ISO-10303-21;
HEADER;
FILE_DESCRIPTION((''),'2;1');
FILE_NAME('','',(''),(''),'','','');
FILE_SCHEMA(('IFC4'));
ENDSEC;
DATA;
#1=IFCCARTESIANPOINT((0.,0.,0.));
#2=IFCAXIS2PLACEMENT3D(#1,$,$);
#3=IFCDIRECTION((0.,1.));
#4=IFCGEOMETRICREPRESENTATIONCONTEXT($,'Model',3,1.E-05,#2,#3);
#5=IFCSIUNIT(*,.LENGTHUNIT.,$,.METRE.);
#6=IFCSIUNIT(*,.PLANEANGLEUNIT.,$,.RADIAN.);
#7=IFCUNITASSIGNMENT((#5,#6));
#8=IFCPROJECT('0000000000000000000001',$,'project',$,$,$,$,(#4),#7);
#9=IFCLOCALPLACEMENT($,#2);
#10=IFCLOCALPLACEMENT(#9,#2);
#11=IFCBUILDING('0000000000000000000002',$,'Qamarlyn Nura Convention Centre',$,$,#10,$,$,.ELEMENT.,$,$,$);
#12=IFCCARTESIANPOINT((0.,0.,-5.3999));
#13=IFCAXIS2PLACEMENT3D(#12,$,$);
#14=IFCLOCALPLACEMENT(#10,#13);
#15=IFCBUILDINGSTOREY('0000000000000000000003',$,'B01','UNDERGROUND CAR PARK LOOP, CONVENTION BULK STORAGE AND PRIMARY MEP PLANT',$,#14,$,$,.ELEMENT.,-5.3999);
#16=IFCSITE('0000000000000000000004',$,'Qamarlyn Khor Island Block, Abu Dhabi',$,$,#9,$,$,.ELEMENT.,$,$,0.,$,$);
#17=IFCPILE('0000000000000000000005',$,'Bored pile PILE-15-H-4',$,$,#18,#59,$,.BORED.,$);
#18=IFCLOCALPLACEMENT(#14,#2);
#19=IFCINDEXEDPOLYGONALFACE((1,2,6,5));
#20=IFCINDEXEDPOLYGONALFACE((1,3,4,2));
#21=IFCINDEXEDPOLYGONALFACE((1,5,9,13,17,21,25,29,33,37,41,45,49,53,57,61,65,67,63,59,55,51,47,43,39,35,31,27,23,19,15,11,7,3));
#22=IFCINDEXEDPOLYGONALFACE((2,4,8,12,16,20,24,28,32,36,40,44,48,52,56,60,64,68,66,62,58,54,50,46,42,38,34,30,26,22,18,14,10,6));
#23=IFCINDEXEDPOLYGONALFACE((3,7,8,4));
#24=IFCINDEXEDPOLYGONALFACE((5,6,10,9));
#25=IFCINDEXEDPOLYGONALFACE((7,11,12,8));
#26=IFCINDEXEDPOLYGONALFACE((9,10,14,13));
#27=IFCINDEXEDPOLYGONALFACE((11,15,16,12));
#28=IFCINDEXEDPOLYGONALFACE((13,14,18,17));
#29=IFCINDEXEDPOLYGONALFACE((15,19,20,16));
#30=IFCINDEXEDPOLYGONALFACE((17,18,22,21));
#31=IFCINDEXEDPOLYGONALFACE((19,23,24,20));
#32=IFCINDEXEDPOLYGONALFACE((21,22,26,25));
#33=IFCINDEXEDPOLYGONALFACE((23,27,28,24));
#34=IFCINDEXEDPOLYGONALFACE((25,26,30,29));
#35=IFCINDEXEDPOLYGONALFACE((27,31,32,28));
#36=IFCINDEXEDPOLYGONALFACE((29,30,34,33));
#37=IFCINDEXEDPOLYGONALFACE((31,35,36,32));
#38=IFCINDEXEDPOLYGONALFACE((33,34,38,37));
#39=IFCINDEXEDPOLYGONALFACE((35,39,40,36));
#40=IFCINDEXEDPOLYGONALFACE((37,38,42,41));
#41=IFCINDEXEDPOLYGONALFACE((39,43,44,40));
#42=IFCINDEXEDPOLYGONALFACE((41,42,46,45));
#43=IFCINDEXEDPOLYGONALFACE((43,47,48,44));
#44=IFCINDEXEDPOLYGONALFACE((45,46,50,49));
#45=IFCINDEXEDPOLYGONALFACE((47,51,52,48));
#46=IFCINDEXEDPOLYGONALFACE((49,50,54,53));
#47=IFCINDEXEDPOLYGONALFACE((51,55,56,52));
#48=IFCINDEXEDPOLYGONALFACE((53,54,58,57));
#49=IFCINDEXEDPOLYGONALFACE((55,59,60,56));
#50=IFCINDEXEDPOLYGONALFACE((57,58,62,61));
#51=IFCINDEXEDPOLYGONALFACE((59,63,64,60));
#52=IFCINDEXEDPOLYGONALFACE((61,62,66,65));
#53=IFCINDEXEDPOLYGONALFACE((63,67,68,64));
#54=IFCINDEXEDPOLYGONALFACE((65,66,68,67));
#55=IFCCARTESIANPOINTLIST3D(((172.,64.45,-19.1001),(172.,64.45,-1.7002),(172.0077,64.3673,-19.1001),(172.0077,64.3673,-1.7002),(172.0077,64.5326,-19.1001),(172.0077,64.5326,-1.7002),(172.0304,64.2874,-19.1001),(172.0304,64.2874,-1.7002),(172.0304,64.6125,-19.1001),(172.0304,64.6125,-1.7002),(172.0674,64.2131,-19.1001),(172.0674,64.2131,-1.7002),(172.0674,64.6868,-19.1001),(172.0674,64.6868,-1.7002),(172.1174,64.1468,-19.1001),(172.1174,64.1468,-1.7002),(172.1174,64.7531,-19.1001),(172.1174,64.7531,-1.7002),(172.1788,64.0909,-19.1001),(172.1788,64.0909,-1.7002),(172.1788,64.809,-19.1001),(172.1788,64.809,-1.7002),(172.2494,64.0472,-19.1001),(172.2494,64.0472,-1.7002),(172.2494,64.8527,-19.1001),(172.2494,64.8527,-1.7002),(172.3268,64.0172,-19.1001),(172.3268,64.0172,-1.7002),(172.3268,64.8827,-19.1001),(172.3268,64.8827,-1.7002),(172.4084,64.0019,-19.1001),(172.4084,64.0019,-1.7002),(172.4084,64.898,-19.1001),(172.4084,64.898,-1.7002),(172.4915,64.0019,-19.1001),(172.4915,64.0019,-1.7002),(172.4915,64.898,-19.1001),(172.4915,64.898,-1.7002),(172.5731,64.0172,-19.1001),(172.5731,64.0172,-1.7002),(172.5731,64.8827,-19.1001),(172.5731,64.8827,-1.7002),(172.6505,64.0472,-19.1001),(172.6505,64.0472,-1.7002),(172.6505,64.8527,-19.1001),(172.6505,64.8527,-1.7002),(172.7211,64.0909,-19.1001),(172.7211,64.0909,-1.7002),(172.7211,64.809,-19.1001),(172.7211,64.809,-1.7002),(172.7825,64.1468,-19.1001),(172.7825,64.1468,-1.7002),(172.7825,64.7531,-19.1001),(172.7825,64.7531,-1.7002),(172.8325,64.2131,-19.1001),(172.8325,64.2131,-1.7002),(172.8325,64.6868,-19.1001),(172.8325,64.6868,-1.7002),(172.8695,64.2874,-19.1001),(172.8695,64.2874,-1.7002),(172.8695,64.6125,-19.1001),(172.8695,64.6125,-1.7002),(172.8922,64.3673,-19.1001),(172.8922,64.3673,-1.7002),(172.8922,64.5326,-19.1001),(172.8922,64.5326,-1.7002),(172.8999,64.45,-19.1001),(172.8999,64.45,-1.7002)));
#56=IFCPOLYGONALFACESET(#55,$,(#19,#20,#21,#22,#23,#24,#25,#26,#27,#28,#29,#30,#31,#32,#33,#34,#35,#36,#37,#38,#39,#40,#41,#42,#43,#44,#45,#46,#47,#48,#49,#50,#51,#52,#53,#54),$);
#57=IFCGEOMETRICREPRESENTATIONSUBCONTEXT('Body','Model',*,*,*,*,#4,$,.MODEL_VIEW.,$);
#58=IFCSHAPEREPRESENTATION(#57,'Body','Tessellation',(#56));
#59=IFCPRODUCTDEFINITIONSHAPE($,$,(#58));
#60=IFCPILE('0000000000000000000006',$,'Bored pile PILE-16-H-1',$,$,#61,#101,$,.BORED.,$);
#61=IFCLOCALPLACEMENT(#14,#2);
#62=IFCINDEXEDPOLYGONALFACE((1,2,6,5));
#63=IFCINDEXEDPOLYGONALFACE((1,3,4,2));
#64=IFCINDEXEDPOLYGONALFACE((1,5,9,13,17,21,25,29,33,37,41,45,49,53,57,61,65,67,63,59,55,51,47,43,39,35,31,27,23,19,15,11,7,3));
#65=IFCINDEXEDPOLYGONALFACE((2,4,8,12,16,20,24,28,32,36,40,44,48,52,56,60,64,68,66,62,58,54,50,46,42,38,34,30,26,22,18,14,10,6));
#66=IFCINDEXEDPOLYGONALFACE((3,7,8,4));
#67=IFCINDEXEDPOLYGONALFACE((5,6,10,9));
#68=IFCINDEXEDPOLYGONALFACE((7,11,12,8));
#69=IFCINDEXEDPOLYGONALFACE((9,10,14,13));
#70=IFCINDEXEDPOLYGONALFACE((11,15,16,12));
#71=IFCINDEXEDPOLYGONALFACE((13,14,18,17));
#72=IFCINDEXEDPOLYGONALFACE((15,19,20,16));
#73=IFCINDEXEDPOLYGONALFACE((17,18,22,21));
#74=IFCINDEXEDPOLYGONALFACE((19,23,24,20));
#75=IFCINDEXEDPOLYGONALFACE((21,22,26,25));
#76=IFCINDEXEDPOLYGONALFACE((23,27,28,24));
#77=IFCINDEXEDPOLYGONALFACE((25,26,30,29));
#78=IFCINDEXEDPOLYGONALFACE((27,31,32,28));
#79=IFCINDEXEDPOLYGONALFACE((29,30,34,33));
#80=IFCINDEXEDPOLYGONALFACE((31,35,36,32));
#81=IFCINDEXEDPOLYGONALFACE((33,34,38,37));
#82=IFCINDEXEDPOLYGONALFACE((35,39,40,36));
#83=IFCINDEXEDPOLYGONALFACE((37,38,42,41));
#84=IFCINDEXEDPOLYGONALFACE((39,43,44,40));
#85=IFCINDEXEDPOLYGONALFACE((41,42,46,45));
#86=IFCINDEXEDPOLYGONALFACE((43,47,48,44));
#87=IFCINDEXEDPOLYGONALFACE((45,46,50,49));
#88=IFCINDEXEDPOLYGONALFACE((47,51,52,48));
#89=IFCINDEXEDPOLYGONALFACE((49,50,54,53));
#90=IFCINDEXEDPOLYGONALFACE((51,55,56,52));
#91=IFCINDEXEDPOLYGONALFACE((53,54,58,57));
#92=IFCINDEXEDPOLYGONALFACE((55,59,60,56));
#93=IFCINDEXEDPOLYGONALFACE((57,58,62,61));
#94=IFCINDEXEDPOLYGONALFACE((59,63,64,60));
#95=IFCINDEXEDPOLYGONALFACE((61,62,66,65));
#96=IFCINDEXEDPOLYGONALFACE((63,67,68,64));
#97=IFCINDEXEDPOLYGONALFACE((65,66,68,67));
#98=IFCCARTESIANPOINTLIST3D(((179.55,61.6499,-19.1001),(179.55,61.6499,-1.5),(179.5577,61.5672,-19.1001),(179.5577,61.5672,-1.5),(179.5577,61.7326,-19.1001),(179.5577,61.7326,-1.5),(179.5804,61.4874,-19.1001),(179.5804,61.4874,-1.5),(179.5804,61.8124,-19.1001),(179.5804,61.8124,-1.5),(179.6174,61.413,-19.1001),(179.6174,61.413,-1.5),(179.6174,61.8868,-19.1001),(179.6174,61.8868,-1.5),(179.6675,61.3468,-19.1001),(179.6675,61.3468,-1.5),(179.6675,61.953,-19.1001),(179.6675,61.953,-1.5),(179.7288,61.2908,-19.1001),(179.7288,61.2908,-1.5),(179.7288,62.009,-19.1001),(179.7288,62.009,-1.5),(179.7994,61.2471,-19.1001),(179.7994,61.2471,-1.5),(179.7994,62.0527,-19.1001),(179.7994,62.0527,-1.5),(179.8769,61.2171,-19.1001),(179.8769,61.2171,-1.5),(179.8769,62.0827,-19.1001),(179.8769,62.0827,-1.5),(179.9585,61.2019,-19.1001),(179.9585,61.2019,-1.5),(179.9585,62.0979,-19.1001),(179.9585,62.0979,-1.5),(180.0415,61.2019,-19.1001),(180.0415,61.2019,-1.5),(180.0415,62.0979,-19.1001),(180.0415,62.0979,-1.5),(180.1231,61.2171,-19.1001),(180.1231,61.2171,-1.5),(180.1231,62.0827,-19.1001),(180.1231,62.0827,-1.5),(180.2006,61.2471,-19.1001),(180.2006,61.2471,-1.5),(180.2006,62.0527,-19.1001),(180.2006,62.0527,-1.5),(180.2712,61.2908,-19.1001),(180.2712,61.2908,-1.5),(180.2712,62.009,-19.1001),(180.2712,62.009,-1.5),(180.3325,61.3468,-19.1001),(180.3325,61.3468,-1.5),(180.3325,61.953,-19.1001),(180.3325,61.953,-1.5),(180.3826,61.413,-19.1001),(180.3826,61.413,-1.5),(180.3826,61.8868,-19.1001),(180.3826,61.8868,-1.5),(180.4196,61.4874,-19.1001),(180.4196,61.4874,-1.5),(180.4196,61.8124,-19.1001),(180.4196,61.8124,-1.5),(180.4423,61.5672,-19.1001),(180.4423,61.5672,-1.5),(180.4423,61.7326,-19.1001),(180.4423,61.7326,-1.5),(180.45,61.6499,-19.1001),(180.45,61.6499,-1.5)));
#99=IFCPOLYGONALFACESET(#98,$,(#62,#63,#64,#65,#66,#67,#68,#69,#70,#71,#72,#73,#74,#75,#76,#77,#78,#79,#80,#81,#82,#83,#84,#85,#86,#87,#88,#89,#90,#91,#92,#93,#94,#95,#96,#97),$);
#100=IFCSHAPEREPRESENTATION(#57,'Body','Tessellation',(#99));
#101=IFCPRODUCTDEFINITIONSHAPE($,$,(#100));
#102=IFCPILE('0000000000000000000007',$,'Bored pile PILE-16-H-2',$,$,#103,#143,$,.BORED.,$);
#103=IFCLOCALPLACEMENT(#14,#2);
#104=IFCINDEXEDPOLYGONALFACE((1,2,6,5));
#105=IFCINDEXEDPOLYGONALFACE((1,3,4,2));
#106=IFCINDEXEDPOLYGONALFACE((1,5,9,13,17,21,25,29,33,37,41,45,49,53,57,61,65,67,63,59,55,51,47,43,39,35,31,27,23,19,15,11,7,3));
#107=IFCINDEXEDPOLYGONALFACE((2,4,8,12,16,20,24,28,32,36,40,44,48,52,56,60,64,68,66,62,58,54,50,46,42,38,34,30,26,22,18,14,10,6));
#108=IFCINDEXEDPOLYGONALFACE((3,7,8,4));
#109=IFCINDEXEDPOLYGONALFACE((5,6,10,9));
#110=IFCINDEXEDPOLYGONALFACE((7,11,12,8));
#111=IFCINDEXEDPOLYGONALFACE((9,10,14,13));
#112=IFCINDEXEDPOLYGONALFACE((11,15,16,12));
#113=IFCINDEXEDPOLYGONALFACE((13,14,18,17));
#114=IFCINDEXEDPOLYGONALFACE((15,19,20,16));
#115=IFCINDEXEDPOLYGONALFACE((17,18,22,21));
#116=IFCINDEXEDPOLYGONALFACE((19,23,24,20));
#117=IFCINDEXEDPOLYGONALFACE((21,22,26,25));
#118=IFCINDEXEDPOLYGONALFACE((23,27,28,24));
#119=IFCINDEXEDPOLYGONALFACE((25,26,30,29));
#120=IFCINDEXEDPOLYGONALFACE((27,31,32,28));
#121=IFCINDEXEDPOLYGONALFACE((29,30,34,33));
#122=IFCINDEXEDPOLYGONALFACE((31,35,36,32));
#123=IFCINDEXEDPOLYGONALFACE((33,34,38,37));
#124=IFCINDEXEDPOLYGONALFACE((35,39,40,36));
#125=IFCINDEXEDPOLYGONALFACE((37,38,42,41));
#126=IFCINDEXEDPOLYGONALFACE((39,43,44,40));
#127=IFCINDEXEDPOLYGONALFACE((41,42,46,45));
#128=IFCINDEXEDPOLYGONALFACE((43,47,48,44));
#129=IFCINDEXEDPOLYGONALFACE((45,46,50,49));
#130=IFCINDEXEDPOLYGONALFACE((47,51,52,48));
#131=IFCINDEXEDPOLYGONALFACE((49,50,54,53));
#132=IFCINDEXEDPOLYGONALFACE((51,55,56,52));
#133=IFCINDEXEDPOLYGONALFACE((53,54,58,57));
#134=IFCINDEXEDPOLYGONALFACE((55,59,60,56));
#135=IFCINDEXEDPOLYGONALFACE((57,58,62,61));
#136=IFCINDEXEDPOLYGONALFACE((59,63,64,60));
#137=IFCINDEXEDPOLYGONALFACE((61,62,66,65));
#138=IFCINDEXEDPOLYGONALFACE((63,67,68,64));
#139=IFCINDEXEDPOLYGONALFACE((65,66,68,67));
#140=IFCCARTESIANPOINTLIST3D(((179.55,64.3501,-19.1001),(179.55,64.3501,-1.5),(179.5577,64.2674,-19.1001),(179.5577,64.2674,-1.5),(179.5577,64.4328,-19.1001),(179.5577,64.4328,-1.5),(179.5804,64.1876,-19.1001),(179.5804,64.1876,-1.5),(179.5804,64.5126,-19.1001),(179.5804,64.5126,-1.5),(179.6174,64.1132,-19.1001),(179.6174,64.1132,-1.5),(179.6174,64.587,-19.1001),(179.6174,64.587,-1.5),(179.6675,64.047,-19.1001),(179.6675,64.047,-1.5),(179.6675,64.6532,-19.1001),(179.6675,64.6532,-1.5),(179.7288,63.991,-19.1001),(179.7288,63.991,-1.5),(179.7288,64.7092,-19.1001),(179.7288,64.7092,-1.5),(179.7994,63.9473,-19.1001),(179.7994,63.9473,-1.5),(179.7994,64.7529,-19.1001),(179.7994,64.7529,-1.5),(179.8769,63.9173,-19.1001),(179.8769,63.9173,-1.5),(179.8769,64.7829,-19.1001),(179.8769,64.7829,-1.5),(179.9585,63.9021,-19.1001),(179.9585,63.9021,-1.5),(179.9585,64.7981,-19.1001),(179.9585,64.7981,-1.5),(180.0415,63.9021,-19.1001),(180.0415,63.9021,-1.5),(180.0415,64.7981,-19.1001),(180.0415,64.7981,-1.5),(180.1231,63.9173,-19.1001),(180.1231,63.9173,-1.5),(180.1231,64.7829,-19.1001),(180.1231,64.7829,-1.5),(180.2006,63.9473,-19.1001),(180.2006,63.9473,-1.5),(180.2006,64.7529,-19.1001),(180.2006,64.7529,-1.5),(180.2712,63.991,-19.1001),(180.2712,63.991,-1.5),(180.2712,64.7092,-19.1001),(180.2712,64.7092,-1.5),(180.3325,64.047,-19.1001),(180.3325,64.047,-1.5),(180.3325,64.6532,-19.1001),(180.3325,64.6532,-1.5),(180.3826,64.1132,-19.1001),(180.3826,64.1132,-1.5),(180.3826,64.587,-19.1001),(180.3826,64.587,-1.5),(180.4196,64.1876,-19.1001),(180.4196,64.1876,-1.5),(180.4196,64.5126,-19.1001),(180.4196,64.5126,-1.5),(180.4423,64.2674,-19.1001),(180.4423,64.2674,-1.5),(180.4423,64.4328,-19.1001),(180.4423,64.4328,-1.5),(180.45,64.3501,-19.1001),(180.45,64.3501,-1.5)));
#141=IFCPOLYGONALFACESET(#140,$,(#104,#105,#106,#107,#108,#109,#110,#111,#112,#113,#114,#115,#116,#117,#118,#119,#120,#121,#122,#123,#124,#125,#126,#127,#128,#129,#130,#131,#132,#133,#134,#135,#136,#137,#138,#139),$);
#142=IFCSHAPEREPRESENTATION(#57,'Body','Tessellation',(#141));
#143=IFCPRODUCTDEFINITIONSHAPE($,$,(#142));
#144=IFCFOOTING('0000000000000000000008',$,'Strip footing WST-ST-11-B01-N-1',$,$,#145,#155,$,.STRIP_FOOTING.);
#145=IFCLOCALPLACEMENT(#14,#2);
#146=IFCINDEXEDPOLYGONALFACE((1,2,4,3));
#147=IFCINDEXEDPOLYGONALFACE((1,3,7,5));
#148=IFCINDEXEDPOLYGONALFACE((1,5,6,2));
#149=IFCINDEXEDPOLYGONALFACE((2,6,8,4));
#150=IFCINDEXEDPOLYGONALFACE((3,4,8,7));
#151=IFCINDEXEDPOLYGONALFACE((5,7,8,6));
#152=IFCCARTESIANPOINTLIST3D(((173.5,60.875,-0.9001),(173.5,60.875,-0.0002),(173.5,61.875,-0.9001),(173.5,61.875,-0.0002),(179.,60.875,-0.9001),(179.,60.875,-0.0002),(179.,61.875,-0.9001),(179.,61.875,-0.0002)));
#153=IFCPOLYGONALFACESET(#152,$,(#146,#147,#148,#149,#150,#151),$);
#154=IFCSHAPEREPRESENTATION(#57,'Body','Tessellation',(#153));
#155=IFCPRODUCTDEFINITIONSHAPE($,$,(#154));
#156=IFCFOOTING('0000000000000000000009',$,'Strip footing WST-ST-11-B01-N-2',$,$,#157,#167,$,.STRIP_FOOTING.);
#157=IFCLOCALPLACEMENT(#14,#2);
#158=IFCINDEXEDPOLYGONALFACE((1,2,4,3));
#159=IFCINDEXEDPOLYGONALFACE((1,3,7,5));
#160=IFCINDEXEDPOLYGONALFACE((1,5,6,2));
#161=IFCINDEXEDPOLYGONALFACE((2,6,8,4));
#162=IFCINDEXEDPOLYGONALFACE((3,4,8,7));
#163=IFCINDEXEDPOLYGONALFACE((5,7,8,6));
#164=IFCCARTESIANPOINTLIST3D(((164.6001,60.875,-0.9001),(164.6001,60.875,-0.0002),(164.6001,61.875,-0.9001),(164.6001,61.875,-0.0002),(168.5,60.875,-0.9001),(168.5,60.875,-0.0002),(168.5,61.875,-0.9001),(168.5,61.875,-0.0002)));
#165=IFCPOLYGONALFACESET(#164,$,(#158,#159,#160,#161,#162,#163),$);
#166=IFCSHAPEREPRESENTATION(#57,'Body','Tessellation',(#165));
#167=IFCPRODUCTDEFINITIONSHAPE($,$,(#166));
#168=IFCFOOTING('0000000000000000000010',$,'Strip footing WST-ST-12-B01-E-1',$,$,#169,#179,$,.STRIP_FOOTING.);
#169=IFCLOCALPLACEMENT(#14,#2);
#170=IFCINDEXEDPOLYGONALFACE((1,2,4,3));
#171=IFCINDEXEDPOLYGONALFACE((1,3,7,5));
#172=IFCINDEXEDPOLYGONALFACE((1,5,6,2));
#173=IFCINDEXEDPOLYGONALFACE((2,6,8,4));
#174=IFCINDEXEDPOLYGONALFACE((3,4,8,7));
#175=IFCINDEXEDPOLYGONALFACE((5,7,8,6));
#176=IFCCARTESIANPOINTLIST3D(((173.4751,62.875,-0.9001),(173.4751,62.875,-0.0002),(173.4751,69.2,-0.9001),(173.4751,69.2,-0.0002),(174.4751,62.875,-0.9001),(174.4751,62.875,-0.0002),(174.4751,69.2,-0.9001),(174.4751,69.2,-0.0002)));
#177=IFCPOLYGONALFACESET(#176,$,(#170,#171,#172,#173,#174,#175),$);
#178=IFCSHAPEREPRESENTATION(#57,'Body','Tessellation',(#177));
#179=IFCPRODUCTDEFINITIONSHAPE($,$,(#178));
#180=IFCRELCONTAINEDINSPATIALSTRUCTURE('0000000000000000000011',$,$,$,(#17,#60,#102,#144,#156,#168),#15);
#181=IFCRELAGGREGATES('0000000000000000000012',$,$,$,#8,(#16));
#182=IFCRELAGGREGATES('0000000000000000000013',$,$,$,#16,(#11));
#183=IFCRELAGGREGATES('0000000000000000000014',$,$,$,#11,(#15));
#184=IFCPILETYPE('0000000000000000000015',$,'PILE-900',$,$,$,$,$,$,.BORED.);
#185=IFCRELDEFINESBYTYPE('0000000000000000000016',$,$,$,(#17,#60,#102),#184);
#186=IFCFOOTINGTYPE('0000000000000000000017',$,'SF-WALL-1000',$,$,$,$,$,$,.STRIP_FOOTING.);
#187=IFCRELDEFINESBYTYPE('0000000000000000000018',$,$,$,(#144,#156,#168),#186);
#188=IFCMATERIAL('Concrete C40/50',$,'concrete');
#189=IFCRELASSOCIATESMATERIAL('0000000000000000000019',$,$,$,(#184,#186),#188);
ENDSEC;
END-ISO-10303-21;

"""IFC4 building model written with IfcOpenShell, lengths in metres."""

from ifc_helpers import new_model, si_unit, direction, frame, origin, origin_2d, place, context, subcontext, project, spatial, rectangle, circle, extrude, material, material_profile, profile_set, type_object, element, save


model = new_model("IFC4")

# Units and contexts
model_context = context("Model", 3, precision=1e-05, world=origin(), true_north=direction((0.0, 1.0)))
body_context = subcontext(model_context, "Body", "Model", "MODEL_VIEW")
ifc_project = project(units=[si_unit("LENGTHUNIT", "METRE"), si_unit("PLANEANGLEUNIT", "RADIAN")], contexts=[model_context])

# Site, building, storey
site_placement = place(None, origin())
site = spatial("IfcSite", under=ifc_project, at=site_placement, Name="Qamarlyn Khor Island Block, Abu Dhabi", CompositionType="ELEMENT", RefElevation=0.0)
building_placement = place(site_placement, origin())
building = spatial("IfcBuilding", under=site, at=building_placement, Name="Qamarlyn Nura Convention Centre", CompositionType="ELEMENT")
storey_placement = place(building_placement, frame((0.0, 0.0, -5.3999)))
storey = spatial("IfcBuildingStorey", under=building, at=storey_placement, Name="B01", Description="UNDERGROUND CAR PARK LOOP, CONVENTION BULK STORAGE AND PRIMARY MEP PLANT", CompositionType="ELEMENT", Elevation=-5.3999)

# Shared definitions
ifc_material_1 = material(Name="Concrete C40/50", Category="concrete")

# Piles
ifc_material_profile_1 = material_profile(ifc_material_1, circle(Radius=0.45, at=origin_2d()), Name="BORED PILE 900")
ifc_profile_set_1 = profile_set([ifc_material_profile_1], Name="Concrete C40/50")
pile_type = type_object("IfcPileType", Name="PILE-900", PredefinedType="BORED", material=ifc_profile_set_1)
for number, where, z_axis, x_axis, name in (
    (1, (172.45, 64.45, -1.7002), (0.0, 0.0, -1.0), (1.0, 0.0, 0.0), "Bored pile PILE-15-H-4"),
):
    element("IfcPile", number, at=place(storey_placement, frame(where, z_axis=z_axis, x_axis=x_axis)), inside=storey, type_object=pile_type, Name=name, PredefinedType="BORED", context=body_context, shape_type="SweptSolid", body=[
        extrude(circle(Radius=0.45, at=origin_2d()), origin(), (0.0, 0.0, 1.0), 17.3999),
    ])
for number, where, z_axis, x_axis, name in (
    (2, (180.0, 61.6499, -1.5), (0.0, 0.0, -1.0), (1.0, 0.0, 0.0), "Bored pile PILE-16-H-1"),
    (3, (180.0, 64.3501, -1.5), (0.0, 0.0, -1.0), (1.0, 0.0, 0.0), "Bored pile PILE-16-H-2"),
):
    element("IfcPile", number, at=place(storey_placement, frame(where, z_axis=z_axis, x_axis=x_axis)), inside=storey, type_object=pile_type, Name=name, PredefinedType="BORED", context=body_context, shape_type="SweptSolid", body=[
        extrude(circle(Radius=0.45, at=origin_2d()), origin(), (0.0, 0.0, 1.0), 17.6001),
    ])

# Footings
ifc_material_profile_2 = material_profile(ifc_material_1, rectangle(XDim=1.0, YDim=0.8999, at=origin_2d()), Name="RC STRIP 1000x900")
ifc_profile_set_2 = profile_set([ifc_material_profile_2], Name="Concrete C40/50")
footing_type_1 = type_object("IfcFootingType", Name="SF-WALL-1000", PredefinedType="STRIP_FOOTING", material=ifc_profile_set_2)
footing_1_placement = place(storey_placement, frame((179.0, 61.375, -0.4502), z_axis=(-1.0, 0.0, 0.0), x_axis=(0.0, -1.0, 0.0)))
element("IfcFooting", 4, at=footing_1_placement, inside=storey, type_object=footing_type_1, Name="Strip footing WST-ST-11-B01-N-1", PredefinedType="STRIP_FOOTING", context=body_context, shape_type="SweptSolid", body=[
    extrude(rectangle(XDim=1.0, YDim=0.8999, at=origin_2d()), origin(), (0.0, 0.0, 1.0), 5.5),
])
footing_2_placement = place(storey_placement, frame((168.5, 61.375, -0.4502), z_axis=(-1.0, 0.0, 0.0), x_axis=(0.0, -1.0, 0.0)))
element("IfcFooting", 5, at=footing_2_placement, inside=storey, type_object=footing_type_1, Name="Strip footing WST-ST-11-B01-N-2", PredefinedType="STRIP_FOOTING", context=body_context, shape_type="SweptSolid", body=[
    extrude(rectangle(XDim=1.0, YDim=0.8999, at=origin_2d()), origin(), (0.0, 0.0, 1.0), 3.8999),
])
footing_3_placement = place(storey_placement, frame((173.9751, 62.875, -0.4502), z_axis=(0.0, 1.0, 0.0), x_axis=(-1.0, 0.0, 0.0)))
element("IfcFooting", 6, at=footing_3_placement, inside=storey, type_object=footing_type_1, Name="Strip footing WST-ST-12-B01-E-1", PredefinedType="STRIP_FOOTING", context=body_context, shape_type="SweptSolid", body=[
    extrude(rectangle(XDim=1.0, YDim=0.8999, at=origin_2d()), origin(), (0.0, 0.0, 1.0), 6.325),
])

save(model, "model.ifc")
